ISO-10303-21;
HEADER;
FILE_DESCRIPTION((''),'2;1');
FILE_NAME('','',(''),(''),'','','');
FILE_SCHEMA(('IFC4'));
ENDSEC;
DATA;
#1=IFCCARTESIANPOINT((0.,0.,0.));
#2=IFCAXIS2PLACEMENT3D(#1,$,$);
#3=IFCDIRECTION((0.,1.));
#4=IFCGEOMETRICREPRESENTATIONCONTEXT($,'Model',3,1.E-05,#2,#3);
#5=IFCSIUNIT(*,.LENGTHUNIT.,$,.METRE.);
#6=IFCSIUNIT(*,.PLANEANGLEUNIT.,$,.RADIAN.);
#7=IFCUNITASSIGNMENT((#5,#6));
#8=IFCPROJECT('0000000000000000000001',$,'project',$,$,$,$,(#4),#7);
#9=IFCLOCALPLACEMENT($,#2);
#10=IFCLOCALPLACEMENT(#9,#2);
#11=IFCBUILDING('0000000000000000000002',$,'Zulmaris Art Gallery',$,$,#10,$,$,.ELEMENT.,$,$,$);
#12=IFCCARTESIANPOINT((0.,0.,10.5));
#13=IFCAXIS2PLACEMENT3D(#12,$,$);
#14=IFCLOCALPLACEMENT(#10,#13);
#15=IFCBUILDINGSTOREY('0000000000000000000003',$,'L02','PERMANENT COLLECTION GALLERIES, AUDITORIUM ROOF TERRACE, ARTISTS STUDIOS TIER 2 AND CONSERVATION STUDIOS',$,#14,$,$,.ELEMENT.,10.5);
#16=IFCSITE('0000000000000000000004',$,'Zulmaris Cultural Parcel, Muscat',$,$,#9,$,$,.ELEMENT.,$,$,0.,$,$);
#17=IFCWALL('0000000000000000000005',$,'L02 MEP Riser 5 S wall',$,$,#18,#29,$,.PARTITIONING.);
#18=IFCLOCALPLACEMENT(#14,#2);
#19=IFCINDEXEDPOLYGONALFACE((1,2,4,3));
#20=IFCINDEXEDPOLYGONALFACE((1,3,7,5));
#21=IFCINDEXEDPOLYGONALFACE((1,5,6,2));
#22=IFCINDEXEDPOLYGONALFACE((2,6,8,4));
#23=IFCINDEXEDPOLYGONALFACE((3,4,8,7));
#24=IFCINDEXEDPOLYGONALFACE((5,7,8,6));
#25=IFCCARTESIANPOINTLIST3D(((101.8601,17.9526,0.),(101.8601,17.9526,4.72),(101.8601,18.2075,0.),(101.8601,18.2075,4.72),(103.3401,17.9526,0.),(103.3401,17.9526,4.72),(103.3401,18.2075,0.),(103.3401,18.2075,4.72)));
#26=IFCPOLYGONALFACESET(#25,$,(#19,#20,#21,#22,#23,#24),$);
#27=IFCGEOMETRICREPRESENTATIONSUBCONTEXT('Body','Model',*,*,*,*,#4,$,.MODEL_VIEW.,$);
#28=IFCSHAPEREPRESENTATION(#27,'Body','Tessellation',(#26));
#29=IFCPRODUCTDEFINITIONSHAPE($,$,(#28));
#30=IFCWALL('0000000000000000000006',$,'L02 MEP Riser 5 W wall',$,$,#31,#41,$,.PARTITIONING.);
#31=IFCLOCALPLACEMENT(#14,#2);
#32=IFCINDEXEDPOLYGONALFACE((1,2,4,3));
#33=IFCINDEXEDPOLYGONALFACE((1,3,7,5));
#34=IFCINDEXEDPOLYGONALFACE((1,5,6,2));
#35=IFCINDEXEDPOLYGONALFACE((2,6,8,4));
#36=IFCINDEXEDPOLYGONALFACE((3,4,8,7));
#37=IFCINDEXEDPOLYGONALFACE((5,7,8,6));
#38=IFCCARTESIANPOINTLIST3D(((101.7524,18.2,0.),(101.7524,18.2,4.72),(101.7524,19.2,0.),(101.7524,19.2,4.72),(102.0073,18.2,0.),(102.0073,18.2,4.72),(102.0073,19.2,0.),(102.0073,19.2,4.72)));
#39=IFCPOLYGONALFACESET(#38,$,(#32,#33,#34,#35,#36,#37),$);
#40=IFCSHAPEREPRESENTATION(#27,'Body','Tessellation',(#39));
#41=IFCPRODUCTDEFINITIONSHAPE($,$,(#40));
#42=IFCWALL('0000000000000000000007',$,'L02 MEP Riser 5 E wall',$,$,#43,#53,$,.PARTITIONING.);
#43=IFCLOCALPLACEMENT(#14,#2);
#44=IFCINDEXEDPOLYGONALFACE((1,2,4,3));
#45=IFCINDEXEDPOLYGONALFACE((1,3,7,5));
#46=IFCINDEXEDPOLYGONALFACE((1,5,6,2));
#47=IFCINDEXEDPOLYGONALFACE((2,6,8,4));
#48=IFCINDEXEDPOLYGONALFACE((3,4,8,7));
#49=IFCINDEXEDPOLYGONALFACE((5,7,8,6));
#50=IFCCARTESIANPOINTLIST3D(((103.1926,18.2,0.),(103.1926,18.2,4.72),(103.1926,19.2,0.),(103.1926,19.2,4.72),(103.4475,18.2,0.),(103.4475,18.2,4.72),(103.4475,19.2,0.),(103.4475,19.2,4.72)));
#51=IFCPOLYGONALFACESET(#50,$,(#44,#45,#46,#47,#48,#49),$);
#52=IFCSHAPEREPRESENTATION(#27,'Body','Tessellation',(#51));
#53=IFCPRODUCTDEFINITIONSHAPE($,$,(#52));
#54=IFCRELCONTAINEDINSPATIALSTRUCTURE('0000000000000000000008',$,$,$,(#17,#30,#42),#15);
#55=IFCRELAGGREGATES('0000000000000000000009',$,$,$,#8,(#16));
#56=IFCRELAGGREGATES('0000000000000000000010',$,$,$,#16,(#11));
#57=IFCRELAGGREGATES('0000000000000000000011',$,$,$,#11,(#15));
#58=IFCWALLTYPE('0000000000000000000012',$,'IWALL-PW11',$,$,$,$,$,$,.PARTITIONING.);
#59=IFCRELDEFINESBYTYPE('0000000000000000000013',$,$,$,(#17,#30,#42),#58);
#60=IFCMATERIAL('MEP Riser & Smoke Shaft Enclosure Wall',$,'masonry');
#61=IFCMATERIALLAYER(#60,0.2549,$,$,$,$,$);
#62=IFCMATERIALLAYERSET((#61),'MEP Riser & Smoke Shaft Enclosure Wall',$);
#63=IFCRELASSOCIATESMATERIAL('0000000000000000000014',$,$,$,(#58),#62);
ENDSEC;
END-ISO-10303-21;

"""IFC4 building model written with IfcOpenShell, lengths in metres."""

from ifc_helpers import new_model, si_unit, direction, frame, frame_2d, origin, place, context, subcontext, project, spatial, rectangle, extrude, material, layer, layer_set, type_object, element, save


model = new_model("IFC4")

# Units and contexts
model_context = context("Model", 3, precision=1e-05, world=origin(), true_north=direction((0.0, 1.0)))
body_context = subcontext(model_context, "Body", "Model", "MODEL_VIEW")
ifc_project = project(units=[si_unit("LENGTHUNIT", "METRE"), si_unit("PLANEANGLEUNIT", "RADIAN")], contexts=[model_context])

# Site, building, storey
site_placement = place(None, origin())
site = spatial("IfcSite", under=ifc_project, at=site_placement, Name="Zulmaris Cultural Parcel, Muscat", CompositionType="ELEMENT", RefElevation=0.0)
building_placement = place(site_placement, origin())
building = spatial("IfcBuilding", under=site, at=building_placement, Name="Zulmaris Art Gallery", CompositionType="ELEMENT")
storey_placement = place(building_placement, frame((0.0, 0.0, 10.5)))
storey = spatial("IfcBuildingStorey", under=building, at=storey_placement, Name="L02", Description="PERMANENT COLLECTION GALLERIES, AUDITORIUM ROOF TERRACE, ARTISTS STUDIOS TIER 2 AND CONSERVATION STUDIOS", CompositionType="ELEMENT", Elevation=10.5)

# Walls
ifc_material_1 = material(Name="MEP Riser & Smoke Shaft Enclosure Wall", Category="masonry")
ifc_layer_1 = layer(ifc_material_1, 0.2549)
ifc_layer_set_1 = layer_set([ifc_layer_1], Name="MEP Riser & Smoke Shaft Enclosure Wall")
wall_type = type_object("IfcWallType", Name="IWALL-PW11", PredefinedType="PARTITIONING", material=ifc_layer_set_1)
for number, where, z_axis, x_axis, name in (
    (1, (101.8601, 18.0801, 0.0), (0.0, 0.0, 1.0), (1.0, 0.0, 0.0), "L02 MEP Riser 5 S wall"),
):
    element("IfcWall", number, at=place(storey_placement, frame(where, z_axis=z_axis, x_axis=x_axis)), inside=storey, type_object=wall_type, Name=name, PredefinedType="PARTITIONING", context=body_context, shape_type="SweptSolid", body=[
        extrude(rectangle(XDim=1.48, YDim=0.2549, at=frame_2d((0.74, 0.0))), origin(), (0.0, 0.0, 1.0), 4.72),
    ])
for number, where, z_axis, x_axis, name in (
    (2, (101.8799, 18.2, 0.0), (0.0, 0.0, 1.0), (0.0, 1.0, 0.0), "L02 MEP Riser 5 W wall"),
    (3, (103.3201, 18.2, 0.0), (0.0, 0.0, 1.0), (0.0, 1.0, 0.0), "L02 MEP Riser 5 E wall"),
):
    element("IfcWall", number, at=place(storey_placement, frame(where, z_axis=z_axis, x_axis=x_axis)), inside=storey, type_object=wall_type, Name=name, PredefinedType="PARTITIONING", context=body_context, shape_type="SweptSolid", body=[
        extrude(rectangle(XDim=1.0, YDim=0.2549, at=frame_2d((0.5, 0.0))), origin(), (0.0, 0.0, 1.0), 4.72),
    ])

save(model, "model.ifc")
